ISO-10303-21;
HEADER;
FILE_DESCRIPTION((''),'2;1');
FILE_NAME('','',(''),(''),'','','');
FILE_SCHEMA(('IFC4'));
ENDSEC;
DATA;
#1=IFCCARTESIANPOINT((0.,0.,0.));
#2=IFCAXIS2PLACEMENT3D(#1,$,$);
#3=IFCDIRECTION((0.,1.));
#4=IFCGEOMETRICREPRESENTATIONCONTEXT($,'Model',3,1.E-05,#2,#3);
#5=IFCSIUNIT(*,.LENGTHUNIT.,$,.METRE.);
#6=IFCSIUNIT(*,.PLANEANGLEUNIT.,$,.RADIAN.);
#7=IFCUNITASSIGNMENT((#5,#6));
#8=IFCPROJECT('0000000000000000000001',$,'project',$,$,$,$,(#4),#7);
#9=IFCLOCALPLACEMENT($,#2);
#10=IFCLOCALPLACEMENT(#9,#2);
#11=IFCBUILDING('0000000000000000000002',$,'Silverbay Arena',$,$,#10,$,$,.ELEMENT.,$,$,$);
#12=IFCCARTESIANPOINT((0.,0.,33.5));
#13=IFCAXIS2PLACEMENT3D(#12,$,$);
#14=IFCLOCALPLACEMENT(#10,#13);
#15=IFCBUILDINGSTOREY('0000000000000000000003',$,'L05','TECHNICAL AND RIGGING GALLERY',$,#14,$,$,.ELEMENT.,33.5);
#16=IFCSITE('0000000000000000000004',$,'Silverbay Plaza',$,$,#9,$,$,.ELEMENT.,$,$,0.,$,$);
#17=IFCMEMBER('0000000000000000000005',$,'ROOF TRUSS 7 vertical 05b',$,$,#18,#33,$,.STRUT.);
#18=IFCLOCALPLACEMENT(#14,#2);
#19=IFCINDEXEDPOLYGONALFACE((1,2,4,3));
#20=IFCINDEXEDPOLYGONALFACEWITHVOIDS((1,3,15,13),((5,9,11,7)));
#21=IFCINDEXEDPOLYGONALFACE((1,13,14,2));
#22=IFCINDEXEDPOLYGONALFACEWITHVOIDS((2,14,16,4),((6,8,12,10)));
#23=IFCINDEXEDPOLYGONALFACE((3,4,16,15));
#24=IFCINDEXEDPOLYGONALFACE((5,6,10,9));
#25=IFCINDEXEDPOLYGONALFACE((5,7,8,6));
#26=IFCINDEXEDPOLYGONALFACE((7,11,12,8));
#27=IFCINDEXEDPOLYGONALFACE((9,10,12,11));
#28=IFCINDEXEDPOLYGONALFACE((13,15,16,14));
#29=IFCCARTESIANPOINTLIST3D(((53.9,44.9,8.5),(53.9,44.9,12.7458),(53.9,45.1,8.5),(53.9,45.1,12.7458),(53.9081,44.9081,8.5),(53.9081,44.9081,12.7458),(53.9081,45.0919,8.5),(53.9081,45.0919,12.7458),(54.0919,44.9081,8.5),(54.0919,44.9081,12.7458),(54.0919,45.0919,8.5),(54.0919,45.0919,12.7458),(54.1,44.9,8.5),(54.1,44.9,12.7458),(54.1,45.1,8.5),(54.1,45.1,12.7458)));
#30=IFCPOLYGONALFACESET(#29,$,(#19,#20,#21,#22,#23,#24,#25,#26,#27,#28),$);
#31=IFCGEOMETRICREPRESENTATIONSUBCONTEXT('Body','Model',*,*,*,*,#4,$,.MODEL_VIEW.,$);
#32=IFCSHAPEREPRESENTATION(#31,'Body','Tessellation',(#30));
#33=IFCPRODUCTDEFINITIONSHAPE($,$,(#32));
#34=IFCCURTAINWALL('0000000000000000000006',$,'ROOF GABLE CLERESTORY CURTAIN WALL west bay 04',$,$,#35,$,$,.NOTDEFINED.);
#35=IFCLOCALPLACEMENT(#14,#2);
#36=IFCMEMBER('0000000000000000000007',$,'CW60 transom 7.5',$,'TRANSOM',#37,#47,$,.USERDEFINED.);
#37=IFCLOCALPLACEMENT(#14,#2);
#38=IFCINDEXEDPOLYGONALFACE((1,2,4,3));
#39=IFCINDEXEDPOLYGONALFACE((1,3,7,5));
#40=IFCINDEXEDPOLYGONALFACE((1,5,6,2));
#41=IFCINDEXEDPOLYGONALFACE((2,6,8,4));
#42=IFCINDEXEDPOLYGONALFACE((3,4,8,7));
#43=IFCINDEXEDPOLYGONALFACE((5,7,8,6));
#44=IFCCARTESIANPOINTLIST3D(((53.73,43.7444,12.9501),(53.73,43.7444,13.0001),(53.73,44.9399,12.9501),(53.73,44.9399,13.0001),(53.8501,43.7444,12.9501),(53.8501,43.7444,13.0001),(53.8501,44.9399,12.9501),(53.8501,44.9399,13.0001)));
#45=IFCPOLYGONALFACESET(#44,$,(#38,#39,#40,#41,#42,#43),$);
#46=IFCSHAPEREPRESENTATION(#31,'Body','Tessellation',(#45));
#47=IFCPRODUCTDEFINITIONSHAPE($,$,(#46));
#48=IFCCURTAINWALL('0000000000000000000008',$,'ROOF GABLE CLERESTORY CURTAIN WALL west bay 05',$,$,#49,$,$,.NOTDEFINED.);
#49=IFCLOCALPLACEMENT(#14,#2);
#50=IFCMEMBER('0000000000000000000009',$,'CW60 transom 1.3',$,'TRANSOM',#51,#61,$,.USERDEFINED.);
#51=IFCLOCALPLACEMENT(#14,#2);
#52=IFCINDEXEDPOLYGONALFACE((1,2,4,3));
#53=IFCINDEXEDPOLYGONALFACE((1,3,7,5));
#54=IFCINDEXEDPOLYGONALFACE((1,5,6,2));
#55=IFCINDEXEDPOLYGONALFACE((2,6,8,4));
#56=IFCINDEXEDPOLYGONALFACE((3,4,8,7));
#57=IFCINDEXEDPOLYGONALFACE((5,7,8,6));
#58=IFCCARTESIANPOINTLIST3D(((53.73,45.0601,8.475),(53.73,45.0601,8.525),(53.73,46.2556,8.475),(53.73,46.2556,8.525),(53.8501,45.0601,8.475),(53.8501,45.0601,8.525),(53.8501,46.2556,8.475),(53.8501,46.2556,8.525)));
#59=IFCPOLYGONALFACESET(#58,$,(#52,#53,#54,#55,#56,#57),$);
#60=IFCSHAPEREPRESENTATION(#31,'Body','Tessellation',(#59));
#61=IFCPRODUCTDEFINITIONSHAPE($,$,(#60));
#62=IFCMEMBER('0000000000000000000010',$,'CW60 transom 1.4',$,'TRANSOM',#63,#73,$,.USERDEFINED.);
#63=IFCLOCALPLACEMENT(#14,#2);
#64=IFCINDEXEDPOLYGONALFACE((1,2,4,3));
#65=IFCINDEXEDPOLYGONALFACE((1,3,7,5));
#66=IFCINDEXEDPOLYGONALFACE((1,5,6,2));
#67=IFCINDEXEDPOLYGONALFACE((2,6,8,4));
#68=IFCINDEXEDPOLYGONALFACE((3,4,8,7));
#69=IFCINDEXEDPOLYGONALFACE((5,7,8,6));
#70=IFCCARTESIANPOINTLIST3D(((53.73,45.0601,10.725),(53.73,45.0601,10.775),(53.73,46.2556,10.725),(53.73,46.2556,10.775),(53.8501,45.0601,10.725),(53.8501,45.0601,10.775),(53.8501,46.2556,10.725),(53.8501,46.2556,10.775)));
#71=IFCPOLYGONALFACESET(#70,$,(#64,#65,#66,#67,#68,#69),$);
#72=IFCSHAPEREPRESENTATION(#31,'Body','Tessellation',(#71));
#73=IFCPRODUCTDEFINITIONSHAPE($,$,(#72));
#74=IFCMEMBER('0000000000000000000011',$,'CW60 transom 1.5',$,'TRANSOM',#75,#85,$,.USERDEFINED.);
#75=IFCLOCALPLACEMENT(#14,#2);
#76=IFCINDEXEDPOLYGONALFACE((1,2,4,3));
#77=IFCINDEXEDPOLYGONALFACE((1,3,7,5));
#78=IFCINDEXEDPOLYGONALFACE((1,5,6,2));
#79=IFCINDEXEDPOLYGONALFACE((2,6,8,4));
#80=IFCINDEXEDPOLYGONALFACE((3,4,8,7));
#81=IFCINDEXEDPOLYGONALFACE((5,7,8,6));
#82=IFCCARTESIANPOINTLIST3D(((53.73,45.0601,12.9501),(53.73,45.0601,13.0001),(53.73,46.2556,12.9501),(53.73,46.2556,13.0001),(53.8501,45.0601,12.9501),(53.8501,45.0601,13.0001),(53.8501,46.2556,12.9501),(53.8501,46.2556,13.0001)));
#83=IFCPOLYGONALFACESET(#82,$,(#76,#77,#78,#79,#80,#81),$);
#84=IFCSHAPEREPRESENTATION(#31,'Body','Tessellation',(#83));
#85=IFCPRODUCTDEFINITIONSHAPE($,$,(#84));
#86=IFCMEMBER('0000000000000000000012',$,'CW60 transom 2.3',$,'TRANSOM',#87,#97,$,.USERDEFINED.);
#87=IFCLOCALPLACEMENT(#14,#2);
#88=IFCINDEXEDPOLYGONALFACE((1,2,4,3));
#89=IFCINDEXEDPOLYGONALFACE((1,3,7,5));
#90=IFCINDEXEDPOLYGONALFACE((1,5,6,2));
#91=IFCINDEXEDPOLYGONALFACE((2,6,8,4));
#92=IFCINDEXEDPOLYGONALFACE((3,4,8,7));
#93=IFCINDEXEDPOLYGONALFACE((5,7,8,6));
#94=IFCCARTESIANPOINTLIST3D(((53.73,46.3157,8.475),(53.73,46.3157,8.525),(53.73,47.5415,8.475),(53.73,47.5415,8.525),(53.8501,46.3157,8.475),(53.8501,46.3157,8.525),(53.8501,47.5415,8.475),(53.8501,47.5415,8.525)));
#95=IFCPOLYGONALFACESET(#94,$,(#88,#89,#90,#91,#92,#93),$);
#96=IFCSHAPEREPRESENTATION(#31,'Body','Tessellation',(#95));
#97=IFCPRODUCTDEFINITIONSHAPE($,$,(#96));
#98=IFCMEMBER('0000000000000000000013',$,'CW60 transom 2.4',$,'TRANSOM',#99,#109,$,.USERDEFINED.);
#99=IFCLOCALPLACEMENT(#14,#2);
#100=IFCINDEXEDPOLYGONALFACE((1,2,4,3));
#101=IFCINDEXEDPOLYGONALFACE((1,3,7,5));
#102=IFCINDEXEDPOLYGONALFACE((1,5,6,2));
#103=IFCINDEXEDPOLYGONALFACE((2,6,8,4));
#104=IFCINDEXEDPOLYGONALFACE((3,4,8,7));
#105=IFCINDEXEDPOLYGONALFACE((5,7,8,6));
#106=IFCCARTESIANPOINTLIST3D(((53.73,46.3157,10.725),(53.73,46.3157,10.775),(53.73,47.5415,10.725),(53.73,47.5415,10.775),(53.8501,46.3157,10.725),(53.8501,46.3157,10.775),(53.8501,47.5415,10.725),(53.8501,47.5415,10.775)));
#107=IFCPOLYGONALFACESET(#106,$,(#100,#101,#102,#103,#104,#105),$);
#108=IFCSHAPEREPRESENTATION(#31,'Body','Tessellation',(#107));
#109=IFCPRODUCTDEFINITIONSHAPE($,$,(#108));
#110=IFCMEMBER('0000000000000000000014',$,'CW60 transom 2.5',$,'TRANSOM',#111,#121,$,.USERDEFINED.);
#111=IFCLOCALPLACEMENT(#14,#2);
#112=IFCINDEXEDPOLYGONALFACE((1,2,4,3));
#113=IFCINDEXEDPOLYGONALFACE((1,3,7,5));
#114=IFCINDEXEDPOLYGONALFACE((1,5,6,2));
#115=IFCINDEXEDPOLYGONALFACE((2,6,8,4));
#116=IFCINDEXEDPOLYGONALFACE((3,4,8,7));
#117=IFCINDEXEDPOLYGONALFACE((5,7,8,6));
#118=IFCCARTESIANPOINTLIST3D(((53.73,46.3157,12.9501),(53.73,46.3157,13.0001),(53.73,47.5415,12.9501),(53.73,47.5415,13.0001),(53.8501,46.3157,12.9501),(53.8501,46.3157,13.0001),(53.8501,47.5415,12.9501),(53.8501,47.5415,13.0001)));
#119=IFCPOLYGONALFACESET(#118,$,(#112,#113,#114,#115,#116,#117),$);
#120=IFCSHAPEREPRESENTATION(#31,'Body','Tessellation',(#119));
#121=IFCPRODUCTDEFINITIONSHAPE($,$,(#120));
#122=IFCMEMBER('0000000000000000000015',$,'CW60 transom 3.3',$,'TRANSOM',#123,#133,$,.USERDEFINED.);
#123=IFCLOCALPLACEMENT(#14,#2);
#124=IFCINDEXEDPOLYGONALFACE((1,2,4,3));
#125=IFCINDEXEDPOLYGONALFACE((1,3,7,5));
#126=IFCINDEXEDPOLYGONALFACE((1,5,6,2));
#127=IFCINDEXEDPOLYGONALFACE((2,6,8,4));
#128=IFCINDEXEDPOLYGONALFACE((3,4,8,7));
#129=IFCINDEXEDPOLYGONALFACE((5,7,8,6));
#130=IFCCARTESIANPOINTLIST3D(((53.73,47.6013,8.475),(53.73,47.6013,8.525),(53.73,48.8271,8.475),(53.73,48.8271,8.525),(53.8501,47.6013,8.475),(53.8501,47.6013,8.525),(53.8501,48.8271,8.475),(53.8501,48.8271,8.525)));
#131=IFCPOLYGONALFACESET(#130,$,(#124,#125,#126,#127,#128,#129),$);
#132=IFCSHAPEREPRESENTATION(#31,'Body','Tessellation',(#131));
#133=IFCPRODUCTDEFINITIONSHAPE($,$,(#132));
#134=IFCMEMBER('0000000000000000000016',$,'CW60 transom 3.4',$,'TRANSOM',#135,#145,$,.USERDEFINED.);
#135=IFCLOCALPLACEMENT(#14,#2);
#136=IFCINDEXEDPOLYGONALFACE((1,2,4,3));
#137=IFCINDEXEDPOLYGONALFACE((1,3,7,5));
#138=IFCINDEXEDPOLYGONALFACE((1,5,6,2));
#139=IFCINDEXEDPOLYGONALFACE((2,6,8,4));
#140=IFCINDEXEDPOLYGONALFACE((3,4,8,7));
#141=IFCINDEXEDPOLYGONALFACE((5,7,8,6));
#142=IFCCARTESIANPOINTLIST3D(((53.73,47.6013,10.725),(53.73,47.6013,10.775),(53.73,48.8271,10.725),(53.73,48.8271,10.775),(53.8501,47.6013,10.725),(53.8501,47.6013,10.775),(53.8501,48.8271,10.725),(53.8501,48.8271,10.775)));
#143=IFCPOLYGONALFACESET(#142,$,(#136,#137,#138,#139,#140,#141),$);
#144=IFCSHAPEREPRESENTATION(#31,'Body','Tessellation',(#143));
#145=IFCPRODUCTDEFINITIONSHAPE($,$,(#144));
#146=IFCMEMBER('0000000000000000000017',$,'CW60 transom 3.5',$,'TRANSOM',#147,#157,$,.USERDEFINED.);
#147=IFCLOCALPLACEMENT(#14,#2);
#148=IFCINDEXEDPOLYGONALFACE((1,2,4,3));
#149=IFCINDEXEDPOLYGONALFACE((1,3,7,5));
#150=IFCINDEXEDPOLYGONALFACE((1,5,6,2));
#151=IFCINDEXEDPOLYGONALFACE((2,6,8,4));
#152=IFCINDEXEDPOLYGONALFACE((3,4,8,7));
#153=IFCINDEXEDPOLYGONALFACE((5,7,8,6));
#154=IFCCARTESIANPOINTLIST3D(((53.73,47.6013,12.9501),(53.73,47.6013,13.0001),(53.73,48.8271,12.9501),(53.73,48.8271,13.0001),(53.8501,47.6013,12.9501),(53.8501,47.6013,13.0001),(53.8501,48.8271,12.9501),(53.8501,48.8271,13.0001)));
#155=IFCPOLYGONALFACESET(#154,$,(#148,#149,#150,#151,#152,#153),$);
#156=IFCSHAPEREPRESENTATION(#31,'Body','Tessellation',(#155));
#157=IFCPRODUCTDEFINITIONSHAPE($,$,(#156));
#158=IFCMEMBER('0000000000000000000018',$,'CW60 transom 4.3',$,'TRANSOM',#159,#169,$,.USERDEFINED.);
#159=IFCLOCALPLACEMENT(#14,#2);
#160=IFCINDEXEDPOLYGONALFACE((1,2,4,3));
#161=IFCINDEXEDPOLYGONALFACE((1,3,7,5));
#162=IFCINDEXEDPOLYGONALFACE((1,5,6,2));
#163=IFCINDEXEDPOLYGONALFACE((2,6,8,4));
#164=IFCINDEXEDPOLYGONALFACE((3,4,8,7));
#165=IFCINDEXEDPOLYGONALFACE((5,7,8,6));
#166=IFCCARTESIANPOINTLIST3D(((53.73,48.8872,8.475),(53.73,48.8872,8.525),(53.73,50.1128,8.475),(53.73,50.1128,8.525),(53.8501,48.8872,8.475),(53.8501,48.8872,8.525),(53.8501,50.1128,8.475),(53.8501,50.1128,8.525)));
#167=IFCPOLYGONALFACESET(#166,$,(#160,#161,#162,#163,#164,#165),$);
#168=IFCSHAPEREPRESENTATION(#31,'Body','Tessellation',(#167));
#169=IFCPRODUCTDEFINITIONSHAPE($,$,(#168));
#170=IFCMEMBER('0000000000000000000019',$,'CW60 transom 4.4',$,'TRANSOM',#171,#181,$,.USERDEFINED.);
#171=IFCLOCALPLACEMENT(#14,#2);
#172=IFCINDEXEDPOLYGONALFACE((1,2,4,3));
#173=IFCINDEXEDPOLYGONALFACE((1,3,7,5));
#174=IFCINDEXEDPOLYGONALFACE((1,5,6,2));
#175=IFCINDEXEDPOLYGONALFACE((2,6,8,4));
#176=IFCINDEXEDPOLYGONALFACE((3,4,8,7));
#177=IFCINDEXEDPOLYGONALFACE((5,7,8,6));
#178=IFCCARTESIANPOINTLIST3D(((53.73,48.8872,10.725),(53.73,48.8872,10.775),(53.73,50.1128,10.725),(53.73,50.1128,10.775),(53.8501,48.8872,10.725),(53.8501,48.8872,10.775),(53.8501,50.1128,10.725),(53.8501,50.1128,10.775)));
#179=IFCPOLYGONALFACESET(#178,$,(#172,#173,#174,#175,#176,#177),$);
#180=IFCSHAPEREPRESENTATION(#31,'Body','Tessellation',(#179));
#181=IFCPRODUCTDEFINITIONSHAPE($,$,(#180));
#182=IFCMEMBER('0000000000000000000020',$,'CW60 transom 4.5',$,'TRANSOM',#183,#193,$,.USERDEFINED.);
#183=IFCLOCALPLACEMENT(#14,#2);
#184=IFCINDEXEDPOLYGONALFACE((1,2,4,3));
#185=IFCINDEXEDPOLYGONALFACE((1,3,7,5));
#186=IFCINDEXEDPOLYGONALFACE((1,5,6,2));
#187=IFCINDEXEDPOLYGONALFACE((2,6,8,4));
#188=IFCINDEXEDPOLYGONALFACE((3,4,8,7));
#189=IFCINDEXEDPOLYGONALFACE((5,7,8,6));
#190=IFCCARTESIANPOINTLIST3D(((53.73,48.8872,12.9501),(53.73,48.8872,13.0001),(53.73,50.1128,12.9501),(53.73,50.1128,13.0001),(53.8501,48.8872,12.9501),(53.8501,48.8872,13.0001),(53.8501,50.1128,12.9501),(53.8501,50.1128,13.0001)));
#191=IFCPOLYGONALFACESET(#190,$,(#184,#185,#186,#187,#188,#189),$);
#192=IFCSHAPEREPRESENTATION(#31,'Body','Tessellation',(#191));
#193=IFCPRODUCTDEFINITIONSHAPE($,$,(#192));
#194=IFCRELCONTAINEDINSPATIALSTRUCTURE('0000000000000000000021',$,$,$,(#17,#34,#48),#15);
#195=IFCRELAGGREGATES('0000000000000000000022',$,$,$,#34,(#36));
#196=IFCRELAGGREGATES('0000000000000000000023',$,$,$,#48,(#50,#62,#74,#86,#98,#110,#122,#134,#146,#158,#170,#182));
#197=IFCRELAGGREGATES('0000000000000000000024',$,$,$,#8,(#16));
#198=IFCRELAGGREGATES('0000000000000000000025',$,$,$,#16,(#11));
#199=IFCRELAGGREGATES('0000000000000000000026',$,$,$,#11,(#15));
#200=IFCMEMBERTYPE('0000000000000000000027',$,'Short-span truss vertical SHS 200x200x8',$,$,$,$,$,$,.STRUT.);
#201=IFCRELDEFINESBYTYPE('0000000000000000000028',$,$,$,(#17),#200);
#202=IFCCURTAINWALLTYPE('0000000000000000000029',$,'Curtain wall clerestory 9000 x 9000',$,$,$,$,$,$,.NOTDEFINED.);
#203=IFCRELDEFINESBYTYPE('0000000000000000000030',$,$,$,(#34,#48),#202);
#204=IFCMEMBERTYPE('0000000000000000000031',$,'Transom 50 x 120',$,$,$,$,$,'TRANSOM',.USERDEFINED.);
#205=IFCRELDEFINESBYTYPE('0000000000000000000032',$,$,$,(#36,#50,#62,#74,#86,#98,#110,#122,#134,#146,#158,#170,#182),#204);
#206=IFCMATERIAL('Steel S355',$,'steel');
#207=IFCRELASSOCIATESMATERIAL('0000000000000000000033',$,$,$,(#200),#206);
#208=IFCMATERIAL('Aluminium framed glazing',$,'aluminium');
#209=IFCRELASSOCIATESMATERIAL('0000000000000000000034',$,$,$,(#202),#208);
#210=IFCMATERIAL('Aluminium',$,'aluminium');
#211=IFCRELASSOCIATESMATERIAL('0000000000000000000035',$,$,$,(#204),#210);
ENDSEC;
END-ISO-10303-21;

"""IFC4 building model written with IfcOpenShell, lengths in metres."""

from ifc_helpers import new_model, si_unit, direction, frame, origin, origin_2d, place, context, subcontext, project, spatial, rectangle, hollow_rectangle, extrude, material, material_profile, profile_set, type_object, element, aggregate, save


model = new_model("IFC4")

# Units and contexts
model_context = context("Model", 3, precision=1e-05, world=origin(), true_north=direction((0.0, 1.0)))
body_context = subcontext(model_context, "Body", "Model", "MODEL_VIEW")
ifc_project = project(units=[si_unit("LENGTHUNIT", "METRE"), si_unit("PLANEANGLEUNIT", "RADIAN")], contexts=[model_context])

# Site, building, storey
site_placement = place(None, origin())
site = spatial("IfcSite", under=ifc_project, at=site_placement, Name="Silverbay Plaza", CompositionType="ELEMENT", RefElevation=0.0)
building_placement = place(site_placement, origin())
building = spatial("IfcBuilding", under=site, at=building_placement, Name="Silverbay Arena", CompositionType="ELEMENT")
storey_placement = place(building_placement, frame((0.0, 0.0, 33.5)))
storey = spatial("IfcBuildingStorey", under=building, at=storey_placement, Name="L05", Description="TECHNICAL AND RIGGING GALLERY", CompositionType="ELEMENT", Elevation=33.5)

# Member
ifc_material_1 = material(Name="Steel S355", Category="steel")
ifc_material_profile_1 = material_profile(ifc_material_1, hollow_rectangle(XDim=0.2, YDim=0.2, WallThickness=0.0081, at=origin_2d()), Name="SHS 200x200x8")
ifc_profile_set_1 = profile_set([ifc_material_profile_1], Name="Steel S355")
member_type_1 = type_object("IfcMemberType", Name="Short-span truss vertical SHS 200x200x8", PredefinedType="STRUT", material=ifc_profile_set_1)
member_1_placement = place(storey_placement, frame((54.0, 45.0, 8.5), z_axis=(0.0, 0.0, 1.0), x_axis=(1.0, 0.0, 0.0)))
element("IfcMember", 1, at=member_1_placement, inside=storey, type_object=member_type_1, Name="ROOF TRUSS 7 vertical 05b", PredefinedType="STRUT", context=body_context, shape_type="SweptSolid", body=[
    extrude(hollow_rectangle(XDim=0.2, YDim=0.2, WallThickness=0.0081, at=origin_2d()), origin(), (0.0, 0.0, 1.0), 4.2458),
])

# Curtain wall, member
ifc_material_2 = material(Name="Aluminium framed glazing", Category="aluminium")
curtain_wall_type = type_object("IfcCurtainWallType", Name="Curtain wall clerestory 9000 x 9000", PredefinedType="NOTDEFINED", material=ifc_material_2)
curtain_wall_1_placement = place(storey_placement, origin())
curtain_wall_1 = element("IfcCurtainWall", 2, at=curtain_wall_1_placement, inside=storey, type_object=curtain_wall_type, Name="ROOF GABLE CLERESTORY CURTAIN WALL west bay 04", PredefinedType="NOTDEFINED")
ifc_material_3 = material(Name="Aluminium", Category="aluminium")
ifc_material_profile_2 = material_profile(ifc_material_3, rectangle(XDim=0.1201, YDim=0.05, at=origin_2d()), Name="Transom 50 x 120")
ifc_profile_set_2 = profile_set([ifc_material_profile_2], Name="Aluminium")
member_type_2 = type_object("IfcMemberType", Name="Transom 50 x 120", ElementType="TRANSOM", PredefinedType="USERDEFINED", material=ifc_profile_set_2)
member_2_placement = place(storey_placement, frame((53.79, 43.7444, 12.9751), z_axis=(0.0, 1.0, 0.0), x_axis=(-1.0, 0.0, 0.0)))
member_2 = element("IfcMember", 3, at=member_2_placement, type_object=member_type_2, Name="CW60 transom 7.5", ObjectType="TRANSOM", PredefinedType="USERDEFINED", context=body_context, shape_type="SweptSolid", body=[
    extrude(rectangle(XDim=0.1201, YDim=0.05, at=origin_2d()), origin(), (0.0, 0.0, 1.0), 1.1956),
])

# Curtain wall, members
curtain_wall_2_placement = place(storey_placement, origin())
curtain_wall_2 = element("IfcCurtainWall", 4, at=curtain_wall_2_placement, inside=storey, type_object=curtain_wall_type, Name="ROOF GABLE CLERESTORY CURTAIN WALL west bay 05", PredefinedType="NOTDEFINED")
member_3_placement = place(storey_placement, frame((53.79, 45.0601, 8.5), z_axis=(0.0, 1.0, 0.0), x_axis=(-1.0, 0.0, 0.0)))
member_3 = element("IfcMember", 5, at=member_3_placement, type_object=member_type_2, Name="CW60 transom 1.3", ObjectType="TRANSOM", PredefinedType="USERDEFINED", context=body_context, shape_type="SweptSolid", body=[
    extrude(rectangle(XDim=0.1201, YDim=0.05, at=origin_2d()), origin(), (0.0, 0.0, 1.0), 1.1956),
])
member_4_placement = place(storey_placement, frame((53.79, 45.0601, 10.75), z_axis=(0.0, 1.0, 0.0), x_axis=(-1.0, 0.0, 0.0)))
member_4 = element("IfcMember", 6, at=member_4_placement, type_object=member_type_2, Name="CW60 transom 1.4", ObjectType="TRANSOM", PredefinedType="USERDEFINED", context=body_context, shape_type="SweptSolid", body=[
    extrude(rectangle(XDim=0.1201, YDim=0.05, at=origin_2d()), origin(), (0.0, 0.0, 1.0), 1.1956),
])
member_5_placement = place(storey_placement, frame((53.79, 45.0601, 12.9751), z_axis=(0.0, 1.0, 0.0), x_axis=(-1.0, 0.0, 0.0)))
member_5 = element("IfcMember", 7, at=member_5_placement, type_object=member_type_2, Name="CW60 transom 1.5", ObjectType="TRANSOM", PredefinedType="USERDEFINED", context=body_context, shape_type="SweptSolid", body=[
    extrude(rectangle(XDim=0.1201, YDim=0.05, at=origin_2d()), origin(), (0.0, 0.0, 1.0), 1.1956),
])
member_6_placement = place(storey_placement, frame((53.79, 46.3157, 8.5), z_axis=(0.0, 1.0, 0.0), x_axis=(-1.0, 0.0, 0.0)))
member_6 = element("IfcMember", 8, at=member_6_placement, type_object=member_type_2, Name="CW60 transom 2.3", ObjectType="TRANSOM", PredefinedType="USERDEFINED", context=body_context, shape_type="SweptSolid", body=[
    extrude(rectangle(XDim=0.1201, YDim=0.05, at=origin_2d()), origin(), (0.0, 0.0, 1.0), 1.2258),
])
member_7_placement = place(storey_placement, frame((53.79, 46.3157, 10.75), z_axis=(0.0, 1.0, 0.0), x_axis=(-1.0, 0.0, 0.0)))
member_7 = element("IfcMember", 9, at=member_7_placement, type_object=member_type_2, Name="CW60 transom 2.4", ObjectType="TRANSOM", PredefinedType="USERDEFINED", context=body_context, shape_type="SweptSolid", body=[
    extrude(rectangle(XDim=0.1201, YDim=0.05, at=origin_2d()), origin(), (0.0, 0.0, 1.0), 1.2258),
])
member_8_placement = place(storey_placement, frame((53.79, 46.3157, 12.9751), z_axis=(0.0, 1.0, 0.0), x_axis=(-1.0, 0.0, 0.0)))
member_8 = element("IfcMember", 10, at=member_8_placement, type_object=member_type_2, Name="CW60 transom 2.5", ObjectType="TRANSOM", PredefinedType="USERDEFINED", context=body_context, shape_type="SweptSolid", body=[
    extrude(rectangle(XDim=0.1201, YDim=0.05, at=origin_2d()), origin(), (0.0, 0.0, 1.0), 1.2258),
])
member_9_placement = place(storey_placement, frame((53.79, 47.6013, 8.5), z_axis=(0.0, 1.0, 0.0), x_axis=(-1.0, 0.0, 0.0)))
member_9 = element("IfcMember", 11, at=member_9_placement, type_object=member_type_2, Name="CW60 transom 3.3", ObjectType="TRANSOM", PredefinedType="USERDEFINED", context=body_context, shape_type="SweptSolid", body=[
    extrude(rectangle(XDim=0.1201, YDim=0.05, at=origin_2d()), origin(), (0.0, 0.0, 1.0), 1.2258),
])
member_10_placement = place(storey_placement, frame((53.79, 47.6013, 10.75), z_axis=(0.0, 1.0, 0.0), x_axis=(-1.0, 0.0, 0.0)))
member_10 = element("IfcMember", 12, at=member_10_placement, type_object=member_type_2, Name="CW60 transom 3.4", ObjectType="TRANSOM", PredefinedType="USERDEFINED", context=body_context, shape_type="SweptSolid", body=[
    extrude(rectangle(XDim=0.1201, YDim=0.05, at=origin_2d()), origin(), (0.0, 0.0, 1.0), 1.2258),
])
member_11_placement = place(storey_placement, frame((53.79, 47.6013, 12.9751), z_axis=(0.0, 1.0, 0.0), x_axis=(-1.0, 0.0, 0.0)))
member_11 = element("IfcMember", 13, at=member_11_placement, type_object=member_type_2, Name="CW60 transom 3.5", ObjectType="TRANSOM", PredefinedType="USERDEFINED", context=body_context, shape_type="SweptSolid", body=[
    extrude(rectangle(XDim=0.1201, YDim=0.05, at=origin_2d()), origin(), (0.0, 0.0, 1.0), 1.2258),
])
member_12_placement = place(storey_placement, frame((53.79, 48.8872, 8.5), z_axis=(0.0, 1.0, 0.0), x_axis=(-1.0, 0.0, 0.0)))
member_12 = element("IfcMember", 14, at=member_12_placement, type_object=member_type_2, Name="CW60 transom 4.3", ObjectType="TRANSOM", PredefinedType="USERDEFINED", context=body_context, shape_type="SweptSolid", body=[
    extrude(rectangle(XDim=0.1201, YDim=0.05, at=origin_2d()), origin(), (0.0, 0.0, 1.0), 1.2256),
])
member_13_placement = place(storey_placement, frame((53.79, 48.8872, 10.75), z_axis=(0.0, 1.0, 0.0), x_axis=(-1.0, 0.0, 0.0)))
member_13 = element("IfcMember", 15, at=member_13_placement, type_object=member_type_2, Name="CW60 transom 4.4", ObjectType="TRANSOM", PredefinedType="USERDEFINED", context=body_context, shape_type="SweptSolid", body=[
    extrude(rectangle(XDim=0.1201, YDim=0.05, at=origin_2d()), origin(), (0.0, 0.0, 1.0), 1.2256),
])
member_14_placement = place(storey_placement, frame((53.79, 48.8872, 12.9751), z_axis=(0.0, 1.0, 0.0), x_axis=(-1.0, 0.0, 0.0)))
member_14 = element("IfcMember", 16, at=member_14_placement, type_object=member_type_2, Name="CW60 transom 4.5", ObjectType="TRANSOM", PredefinedType="USERDEFINED", context=body_context, shape_type="SweptSolid", body=[
    extrude(rectangle(XDim=0.1201, YDim=0.05, at=origin_2d()), origin(), (0.0, 0.0, 1.0), 1.2256),
])

aggregate(curtain_wall_1, [member_2])
aggregate(curtain_wall_2, [member_3, member_4, member_5, member_6, member_7, member_8, member_9, member_10, member_11, member_12, member_13, member_14])

save(model, "model.ifc")
